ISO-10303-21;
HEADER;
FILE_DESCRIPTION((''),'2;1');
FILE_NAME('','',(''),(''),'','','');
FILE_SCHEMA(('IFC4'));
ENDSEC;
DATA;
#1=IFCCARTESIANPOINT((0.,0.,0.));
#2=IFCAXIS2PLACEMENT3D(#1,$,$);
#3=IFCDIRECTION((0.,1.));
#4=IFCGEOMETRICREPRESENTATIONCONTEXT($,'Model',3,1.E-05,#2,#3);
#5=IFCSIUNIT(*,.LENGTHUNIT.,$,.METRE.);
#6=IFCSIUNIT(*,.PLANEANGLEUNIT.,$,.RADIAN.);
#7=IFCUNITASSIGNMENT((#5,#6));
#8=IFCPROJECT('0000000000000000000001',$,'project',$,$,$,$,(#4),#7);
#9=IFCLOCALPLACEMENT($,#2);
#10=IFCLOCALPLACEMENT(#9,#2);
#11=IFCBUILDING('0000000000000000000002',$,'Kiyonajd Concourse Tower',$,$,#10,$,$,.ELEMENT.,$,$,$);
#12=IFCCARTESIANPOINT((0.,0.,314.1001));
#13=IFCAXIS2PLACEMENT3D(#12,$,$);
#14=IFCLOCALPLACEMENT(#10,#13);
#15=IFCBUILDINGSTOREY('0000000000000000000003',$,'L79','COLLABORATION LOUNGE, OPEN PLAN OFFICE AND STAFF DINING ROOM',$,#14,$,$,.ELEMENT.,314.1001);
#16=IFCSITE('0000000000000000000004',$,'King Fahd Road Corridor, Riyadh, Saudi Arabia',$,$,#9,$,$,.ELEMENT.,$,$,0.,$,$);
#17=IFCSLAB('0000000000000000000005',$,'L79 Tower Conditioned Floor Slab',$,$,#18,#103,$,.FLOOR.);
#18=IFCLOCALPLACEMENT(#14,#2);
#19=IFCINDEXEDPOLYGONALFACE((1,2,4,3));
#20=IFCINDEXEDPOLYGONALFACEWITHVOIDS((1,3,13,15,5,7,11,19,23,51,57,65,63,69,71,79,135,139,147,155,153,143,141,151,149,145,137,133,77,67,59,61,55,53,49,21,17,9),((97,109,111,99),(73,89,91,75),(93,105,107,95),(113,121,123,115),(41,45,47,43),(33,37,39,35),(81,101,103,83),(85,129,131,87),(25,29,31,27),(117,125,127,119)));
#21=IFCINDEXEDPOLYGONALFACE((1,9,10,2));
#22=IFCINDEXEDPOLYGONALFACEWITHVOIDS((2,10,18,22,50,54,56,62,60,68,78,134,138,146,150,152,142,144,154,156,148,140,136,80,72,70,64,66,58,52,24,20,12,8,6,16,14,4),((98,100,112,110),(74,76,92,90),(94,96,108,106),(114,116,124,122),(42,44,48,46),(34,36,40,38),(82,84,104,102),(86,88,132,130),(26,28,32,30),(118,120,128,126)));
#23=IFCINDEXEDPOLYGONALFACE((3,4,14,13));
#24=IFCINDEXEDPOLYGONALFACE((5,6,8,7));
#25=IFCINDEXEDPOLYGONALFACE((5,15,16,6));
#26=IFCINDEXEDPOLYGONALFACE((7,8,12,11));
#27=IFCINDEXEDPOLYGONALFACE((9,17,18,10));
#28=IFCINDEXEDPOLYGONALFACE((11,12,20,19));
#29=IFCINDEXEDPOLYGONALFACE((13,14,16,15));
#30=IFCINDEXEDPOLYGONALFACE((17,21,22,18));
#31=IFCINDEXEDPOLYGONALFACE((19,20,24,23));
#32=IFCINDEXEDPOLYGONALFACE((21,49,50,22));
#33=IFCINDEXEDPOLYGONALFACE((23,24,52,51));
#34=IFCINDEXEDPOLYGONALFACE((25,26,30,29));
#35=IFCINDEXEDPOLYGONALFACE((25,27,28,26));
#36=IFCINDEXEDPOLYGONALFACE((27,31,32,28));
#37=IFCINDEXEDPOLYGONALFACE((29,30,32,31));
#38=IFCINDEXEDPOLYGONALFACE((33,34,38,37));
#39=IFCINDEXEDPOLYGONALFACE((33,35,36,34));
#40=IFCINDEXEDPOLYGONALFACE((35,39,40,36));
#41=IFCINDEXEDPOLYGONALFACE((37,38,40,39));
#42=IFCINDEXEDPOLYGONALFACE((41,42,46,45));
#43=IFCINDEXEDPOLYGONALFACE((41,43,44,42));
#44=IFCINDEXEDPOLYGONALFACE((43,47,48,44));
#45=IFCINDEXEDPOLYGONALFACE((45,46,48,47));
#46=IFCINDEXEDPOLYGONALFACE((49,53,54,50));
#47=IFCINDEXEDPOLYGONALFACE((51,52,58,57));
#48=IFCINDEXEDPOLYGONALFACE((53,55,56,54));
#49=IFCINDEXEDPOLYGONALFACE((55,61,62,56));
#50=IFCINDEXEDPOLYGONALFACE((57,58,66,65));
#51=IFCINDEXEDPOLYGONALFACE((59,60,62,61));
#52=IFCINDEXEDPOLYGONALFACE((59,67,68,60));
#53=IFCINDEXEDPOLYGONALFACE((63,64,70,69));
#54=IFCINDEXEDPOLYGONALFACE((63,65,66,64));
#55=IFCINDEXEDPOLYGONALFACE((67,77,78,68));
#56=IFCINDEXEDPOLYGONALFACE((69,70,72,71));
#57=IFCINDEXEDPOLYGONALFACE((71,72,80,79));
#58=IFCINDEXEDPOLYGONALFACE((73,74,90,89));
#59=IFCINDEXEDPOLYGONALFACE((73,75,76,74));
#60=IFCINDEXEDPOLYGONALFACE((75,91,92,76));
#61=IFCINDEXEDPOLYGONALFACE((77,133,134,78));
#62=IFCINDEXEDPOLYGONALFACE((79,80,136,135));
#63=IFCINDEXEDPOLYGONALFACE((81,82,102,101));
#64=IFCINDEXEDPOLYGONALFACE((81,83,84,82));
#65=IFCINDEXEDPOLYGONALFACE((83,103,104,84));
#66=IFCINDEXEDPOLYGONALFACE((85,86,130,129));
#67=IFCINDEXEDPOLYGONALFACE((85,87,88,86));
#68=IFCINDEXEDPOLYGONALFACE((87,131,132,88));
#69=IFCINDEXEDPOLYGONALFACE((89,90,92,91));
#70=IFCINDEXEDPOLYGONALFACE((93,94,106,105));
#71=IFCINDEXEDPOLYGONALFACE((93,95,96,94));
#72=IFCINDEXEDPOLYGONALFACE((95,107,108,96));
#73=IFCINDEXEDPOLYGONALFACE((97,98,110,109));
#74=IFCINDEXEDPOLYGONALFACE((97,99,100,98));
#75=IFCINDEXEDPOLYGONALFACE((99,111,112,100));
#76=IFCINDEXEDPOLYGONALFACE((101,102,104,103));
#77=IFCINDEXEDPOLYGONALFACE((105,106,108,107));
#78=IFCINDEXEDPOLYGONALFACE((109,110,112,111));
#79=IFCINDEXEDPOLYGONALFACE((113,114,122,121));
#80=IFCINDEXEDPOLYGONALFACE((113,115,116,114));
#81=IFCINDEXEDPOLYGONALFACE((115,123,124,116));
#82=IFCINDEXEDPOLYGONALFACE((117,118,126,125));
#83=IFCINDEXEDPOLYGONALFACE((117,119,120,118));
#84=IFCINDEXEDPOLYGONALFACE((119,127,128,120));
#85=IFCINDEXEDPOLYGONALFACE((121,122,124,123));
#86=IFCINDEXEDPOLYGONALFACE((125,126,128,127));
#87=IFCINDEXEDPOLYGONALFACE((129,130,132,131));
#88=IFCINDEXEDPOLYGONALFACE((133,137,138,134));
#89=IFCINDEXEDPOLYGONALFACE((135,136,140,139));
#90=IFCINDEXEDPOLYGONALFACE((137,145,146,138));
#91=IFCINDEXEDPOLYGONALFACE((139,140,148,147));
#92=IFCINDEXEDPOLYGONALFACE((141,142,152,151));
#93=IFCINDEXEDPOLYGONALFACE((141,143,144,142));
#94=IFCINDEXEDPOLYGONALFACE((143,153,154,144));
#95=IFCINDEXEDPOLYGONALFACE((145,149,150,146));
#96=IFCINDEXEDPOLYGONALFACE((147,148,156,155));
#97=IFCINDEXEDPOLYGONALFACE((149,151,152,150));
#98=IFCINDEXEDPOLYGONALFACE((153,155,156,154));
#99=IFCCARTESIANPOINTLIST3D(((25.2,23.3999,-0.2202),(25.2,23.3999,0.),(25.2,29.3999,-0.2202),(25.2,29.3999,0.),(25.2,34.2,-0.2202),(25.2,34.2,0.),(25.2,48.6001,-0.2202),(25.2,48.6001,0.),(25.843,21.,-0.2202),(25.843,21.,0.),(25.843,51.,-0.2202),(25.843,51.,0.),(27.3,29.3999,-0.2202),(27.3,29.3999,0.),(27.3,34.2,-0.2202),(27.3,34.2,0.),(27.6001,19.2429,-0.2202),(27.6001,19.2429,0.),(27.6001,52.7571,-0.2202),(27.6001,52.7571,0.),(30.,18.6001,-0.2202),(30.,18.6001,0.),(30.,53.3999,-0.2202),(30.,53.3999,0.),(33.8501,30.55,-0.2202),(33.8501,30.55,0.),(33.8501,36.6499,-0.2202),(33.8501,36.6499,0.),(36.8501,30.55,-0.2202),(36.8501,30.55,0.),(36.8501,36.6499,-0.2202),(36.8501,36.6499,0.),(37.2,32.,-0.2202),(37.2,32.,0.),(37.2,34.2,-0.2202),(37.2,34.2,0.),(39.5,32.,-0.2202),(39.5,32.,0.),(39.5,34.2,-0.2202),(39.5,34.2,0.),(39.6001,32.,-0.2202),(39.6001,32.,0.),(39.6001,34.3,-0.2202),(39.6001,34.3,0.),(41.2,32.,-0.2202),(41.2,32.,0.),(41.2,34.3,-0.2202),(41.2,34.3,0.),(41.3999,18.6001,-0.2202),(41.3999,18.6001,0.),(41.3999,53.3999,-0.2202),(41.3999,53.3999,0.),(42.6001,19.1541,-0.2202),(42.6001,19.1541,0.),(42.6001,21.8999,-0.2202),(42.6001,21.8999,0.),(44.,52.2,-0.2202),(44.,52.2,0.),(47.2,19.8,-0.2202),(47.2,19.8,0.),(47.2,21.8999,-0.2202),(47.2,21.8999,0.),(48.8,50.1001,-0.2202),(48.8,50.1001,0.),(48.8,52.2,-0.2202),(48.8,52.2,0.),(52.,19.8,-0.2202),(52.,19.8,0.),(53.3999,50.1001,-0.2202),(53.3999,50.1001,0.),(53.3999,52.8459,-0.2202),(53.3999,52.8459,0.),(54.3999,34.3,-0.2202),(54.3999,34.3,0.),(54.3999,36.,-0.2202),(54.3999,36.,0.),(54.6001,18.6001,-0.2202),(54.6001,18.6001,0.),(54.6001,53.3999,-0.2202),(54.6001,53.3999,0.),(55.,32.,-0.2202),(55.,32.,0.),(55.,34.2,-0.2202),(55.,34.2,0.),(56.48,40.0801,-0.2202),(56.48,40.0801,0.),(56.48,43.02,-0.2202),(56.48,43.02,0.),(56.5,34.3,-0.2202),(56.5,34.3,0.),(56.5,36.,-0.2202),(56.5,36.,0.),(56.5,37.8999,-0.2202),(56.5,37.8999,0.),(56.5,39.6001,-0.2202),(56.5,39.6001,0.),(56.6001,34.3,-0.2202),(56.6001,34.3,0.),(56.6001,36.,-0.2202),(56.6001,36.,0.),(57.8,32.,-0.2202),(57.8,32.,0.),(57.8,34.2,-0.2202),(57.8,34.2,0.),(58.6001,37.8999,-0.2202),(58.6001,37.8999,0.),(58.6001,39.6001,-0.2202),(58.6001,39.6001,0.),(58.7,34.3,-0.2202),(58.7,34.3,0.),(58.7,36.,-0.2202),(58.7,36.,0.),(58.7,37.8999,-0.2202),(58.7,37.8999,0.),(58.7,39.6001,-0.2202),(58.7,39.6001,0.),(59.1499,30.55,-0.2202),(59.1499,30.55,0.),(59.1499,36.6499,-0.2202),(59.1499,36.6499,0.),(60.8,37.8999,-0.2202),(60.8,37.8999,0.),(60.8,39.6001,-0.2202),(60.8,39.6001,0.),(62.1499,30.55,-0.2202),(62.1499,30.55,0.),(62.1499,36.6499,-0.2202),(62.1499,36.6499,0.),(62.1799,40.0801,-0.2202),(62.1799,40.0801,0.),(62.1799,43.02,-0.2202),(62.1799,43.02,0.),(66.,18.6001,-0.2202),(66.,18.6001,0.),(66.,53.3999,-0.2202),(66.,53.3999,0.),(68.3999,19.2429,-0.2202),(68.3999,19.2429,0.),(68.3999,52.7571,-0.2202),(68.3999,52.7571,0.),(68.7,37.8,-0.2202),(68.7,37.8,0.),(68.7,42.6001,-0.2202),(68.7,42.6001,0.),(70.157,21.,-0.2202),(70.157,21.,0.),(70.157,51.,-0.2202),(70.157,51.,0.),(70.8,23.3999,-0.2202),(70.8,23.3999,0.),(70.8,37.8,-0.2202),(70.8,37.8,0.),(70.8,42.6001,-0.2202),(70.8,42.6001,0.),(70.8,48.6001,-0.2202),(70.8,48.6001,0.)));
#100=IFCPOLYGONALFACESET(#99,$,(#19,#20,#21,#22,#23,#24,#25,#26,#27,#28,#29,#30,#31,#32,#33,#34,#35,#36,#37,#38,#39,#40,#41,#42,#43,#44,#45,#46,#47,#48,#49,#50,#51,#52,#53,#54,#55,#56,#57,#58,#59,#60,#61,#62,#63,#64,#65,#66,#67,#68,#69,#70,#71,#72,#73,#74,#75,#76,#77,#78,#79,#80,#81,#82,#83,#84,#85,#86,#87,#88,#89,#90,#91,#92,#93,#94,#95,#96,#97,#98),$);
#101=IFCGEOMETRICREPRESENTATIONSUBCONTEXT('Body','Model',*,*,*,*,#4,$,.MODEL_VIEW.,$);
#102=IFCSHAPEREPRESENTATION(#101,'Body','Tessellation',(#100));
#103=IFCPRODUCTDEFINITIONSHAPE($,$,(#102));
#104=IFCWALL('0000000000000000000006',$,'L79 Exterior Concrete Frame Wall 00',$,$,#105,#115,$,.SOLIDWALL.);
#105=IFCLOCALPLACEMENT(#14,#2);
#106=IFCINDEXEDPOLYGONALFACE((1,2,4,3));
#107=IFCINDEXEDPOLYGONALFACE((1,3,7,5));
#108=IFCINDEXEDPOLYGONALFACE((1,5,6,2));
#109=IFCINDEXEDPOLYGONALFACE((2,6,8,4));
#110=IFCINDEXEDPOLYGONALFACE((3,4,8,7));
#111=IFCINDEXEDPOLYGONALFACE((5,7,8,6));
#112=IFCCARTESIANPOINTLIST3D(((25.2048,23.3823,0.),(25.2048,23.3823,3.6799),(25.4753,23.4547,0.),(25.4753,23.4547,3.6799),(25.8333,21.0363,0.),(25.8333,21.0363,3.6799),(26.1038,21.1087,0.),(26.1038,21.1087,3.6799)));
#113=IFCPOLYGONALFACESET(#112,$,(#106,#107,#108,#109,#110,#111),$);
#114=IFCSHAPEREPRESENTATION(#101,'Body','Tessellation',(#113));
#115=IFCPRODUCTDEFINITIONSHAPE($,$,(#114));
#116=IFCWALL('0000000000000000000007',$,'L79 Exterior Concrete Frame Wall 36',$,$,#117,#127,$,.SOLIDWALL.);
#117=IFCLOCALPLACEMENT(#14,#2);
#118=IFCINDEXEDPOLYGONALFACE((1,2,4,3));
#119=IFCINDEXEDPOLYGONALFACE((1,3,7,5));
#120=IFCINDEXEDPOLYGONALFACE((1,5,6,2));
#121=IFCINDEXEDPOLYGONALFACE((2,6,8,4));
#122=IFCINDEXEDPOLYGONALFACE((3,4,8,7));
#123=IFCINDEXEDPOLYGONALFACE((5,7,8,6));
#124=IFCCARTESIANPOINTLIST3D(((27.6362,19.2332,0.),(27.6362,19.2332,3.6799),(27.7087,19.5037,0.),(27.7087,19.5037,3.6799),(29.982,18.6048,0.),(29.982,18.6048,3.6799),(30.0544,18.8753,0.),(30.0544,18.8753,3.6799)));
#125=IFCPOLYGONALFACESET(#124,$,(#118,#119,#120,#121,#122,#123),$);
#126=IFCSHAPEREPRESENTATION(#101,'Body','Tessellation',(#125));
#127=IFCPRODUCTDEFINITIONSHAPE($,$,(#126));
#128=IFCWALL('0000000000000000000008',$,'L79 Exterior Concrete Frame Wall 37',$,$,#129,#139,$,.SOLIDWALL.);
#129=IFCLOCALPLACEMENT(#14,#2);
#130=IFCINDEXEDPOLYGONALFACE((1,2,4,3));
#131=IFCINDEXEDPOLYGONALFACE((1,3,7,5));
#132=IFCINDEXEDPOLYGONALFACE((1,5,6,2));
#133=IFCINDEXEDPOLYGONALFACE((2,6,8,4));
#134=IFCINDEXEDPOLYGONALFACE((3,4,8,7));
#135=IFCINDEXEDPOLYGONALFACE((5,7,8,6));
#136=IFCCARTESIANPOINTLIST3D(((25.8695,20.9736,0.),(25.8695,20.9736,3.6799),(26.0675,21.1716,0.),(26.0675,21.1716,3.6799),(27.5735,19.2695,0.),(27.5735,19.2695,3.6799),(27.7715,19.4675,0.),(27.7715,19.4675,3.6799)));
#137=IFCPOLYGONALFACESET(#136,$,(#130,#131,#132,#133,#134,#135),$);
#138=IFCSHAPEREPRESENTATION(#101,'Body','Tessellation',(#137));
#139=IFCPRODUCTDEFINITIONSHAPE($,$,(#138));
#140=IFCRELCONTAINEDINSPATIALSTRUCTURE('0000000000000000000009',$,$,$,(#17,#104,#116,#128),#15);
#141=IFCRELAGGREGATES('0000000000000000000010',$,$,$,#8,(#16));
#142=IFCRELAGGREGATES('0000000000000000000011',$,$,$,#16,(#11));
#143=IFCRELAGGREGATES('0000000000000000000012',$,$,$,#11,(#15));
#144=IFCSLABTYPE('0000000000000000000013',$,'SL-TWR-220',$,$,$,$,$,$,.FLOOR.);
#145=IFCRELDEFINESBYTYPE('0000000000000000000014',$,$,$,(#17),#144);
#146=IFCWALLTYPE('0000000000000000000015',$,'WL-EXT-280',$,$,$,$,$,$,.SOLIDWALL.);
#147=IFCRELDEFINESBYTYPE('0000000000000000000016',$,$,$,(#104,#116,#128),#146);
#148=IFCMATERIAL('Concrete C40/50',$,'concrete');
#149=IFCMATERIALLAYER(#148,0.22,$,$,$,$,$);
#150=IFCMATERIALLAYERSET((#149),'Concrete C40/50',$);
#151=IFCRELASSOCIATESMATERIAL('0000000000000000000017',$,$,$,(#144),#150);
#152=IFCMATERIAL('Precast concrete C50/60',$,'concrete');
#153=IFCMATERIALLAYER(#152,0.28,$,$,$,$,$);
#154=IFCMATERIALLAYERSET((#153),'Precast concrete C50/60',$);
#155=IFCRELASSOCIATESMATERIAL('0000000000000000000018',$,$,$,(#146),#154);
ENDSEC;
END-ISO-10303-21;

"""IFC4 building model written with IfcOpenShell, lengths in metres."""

from ifc_helpers import new_model, si_unit, direction, frame, frame_2d, origin, place, context, subcontext, project, spatial, polyline, rectangle, outline, extrude, material, layer, layer_set, type_object, element, save


model = new_model("IFC4")

# Units and contexts
model_context = context("Model", 3, precision=1e-05, world=origin(), true_north=direction((0.0, 1.0)))
body_context = subcontext(model_context, "Body", "Model", "MODEL_VIEW")
ifc_project = project(units=[si_unit("LENGTHUNIT", "METRE"), si_unit("PLANEANGLEUNIT", "RADIAN")], contexts=[model_context])

# Site, building, storey
site_placement = place(None, origin())
site = spatial("IfcSite", under=ifc_project, at=site_placement, Name="King Fahd Road Corridor, Riyadh, Saudi Arabia", CompositionType="ELEMENT", RefElevation=0.0)
building_placement = place(site_placement, origin())
building = spatial("IfcBuilding", under=site, at=building_placement, Name="Kiyonajd Concourse Tower", CompositionType="ELEMENT")
storey_placement = place(building_placement, frame((0.0, 0.0, 314.1001)))
storey = spatial("IfcBuildingStorey", under=building, at=storey_placement, Name="L79", Description="COLLABORATION LOUNGE, OPEN PLAN OFFICE AND STAFF DINING ROOM", CompositionType="ELEMENT", Elevation=314.1001)

# Shared definitions
ifc_material_1 = material(Name="Concrete C40/50", Category="concrete")

# Slab
ifc_material_2 = material(Name="Precast concrete C50/60", Category="concrete")
ifc_layer_1 = layer(ifc_material_1, 0.22)
ifc_layer_set_1 = layer_set([ifc_layer_1], Name="Concrete C40/50")
slab_type_1 = type_object("IfcSlabType", Name="SL-TWR-220", PredefinedType="FLOOR", material=ifc_layer_set_1)
slab_1_placement = place(storey_placement, frame((0.0, 0.0, -0.2202)))
element("IfcSlab", 1, at=slab_1_placement, inside=storey, type_object=slab_type_1, Name="L79 Tower Conditioned Floor Slab", PredefinedType="FLOOR", context=body_context, shape_type="SweptSolid", body=[
    extrude(outline(polyline([(25.843, 21.0), (25.2, 23.3999), (25.2, 29.3999), (27.3, 29.3999), (27.3, 34.2), (25.2, 34.2), (25.2, 48.6001), (25.843, 51.0), (27.6001, 52.7571), (30.0, 53.3999), (41.3999, 53.3999), (44.0, 52.2), (48.8, 52.2), (48.8, 50.1001), (53.3999, 50.1001), (53.3999, 52.8459), (54.6001, 53.3999), (66.0, 53.3999), (68.3999, 52.7571), (70.157, 51.0), (70.8, 48.6001), (70.8, 42.6001), (68.7, 42.6001), (68.7, 37.8), (70.8, 37.8), (70.8, 23.3999), (70.157, 21.0), (68.3999, 19.2429), (66.0, 18.6001), (54.6001, 18.6001), (52.0, 19.8), (47.2, 19.8), (47.2, 21.8999), (42.6001, 21.8999), (42.6001, 19.1541), (41.3999, 18.6001), (30.0, 18.6001), (27.6001, 19.2429), (25.843, 21.0)]), holes=[polyline([(39.5, 32.0), (37.2, 32.0), (37.2, 34.2), (39.5, 34.2), (39.5, 32.0)]), polyline([(57.8, 32.0), (55.0, 32.0), (55.0, 34.2), (57.8, 34.2), (57.8, 32.0)]), polyline([(41.2, 32.0), (39.6001, 32.0), (39.6001, 34.3), (41.2, 34.3), (41.2, 32.0)]), polyline([(33.8501, 30.55), (33.8501, 36.6499), (36.8501, 36.6499), (36.8501, 30.55), (33.8501, 30.55)]), polyline([(59.1499, 30.55), (59.1499, 36.6499), (62.1499, 36.6499), (62.1499, 30.55), (59.1499, 30.55)]), polyline([(56.5, 34.3), (54.3999, 34.3), (54.3999, 36.0), (56.5, 36.0), (56.5, 34.3)]), polyline([(58.7, 34.3), (56.6001, 34.3), (56.6001, 36.0), (58.7, 36.0), (58.7, 34.3)]), polyline([(58.6001, 37.8999), (56.5, 37.8999), (56.5, 39.6001), (58.6001, 39.6001), (58.6001, 37.8999)]), polyline([(58.7, 37.8999), (58.7, 39.6001), (60.8, 39.6001), (60.8, 37.8999), (58.7, 37.8999)]), polyline([(56.48, 43.02), (62.1799, 43.02), (62.1799, 40.0801), (56.48, 40.0801), (56.48, 43.02)])]), origin(), (0.0, 0.0, 1.0), 0.2202),
])

# Walls
ifc_layer_2 = layer(ifc_material_2, 0.28)
ifc_layer_set_2 = layer_set([ifc_layer_2], Name="Precast concrete C50/60")
wall_type = type_object("IfcWallType", Name="WL-EXT-280", PredefinedType="SOLIDWALL", material=ifc_layer_set_2)
wall_1_placement = place(storey_placement, frame((25.9685, 21.0725, 0.0), z_axis=(0.0, 0.0, 1.0), x_axis=(-0.258751, 0.965944, 0.0)))
element("IfcWall", 2, at=wall_1_placement, inside=storey, type_object=wall_type, Name="L79 Exterior Concrete Frame Wall 00", PredefinedType="SOLIDWALL", context=body_context, shape_type="SweptSolid", body=[
    extrude(rectangle(XDim=2.4287, YDim=0.28, at=frame_2d((1.2144, 0.0))), origin(), (0.0, 0.0, 1.0), 3.6799),
])
wall_2_placement = place(storey_placement, frame((30.0183, 18.74, 0.0), z_axis=(0.0, 0.0, 1.0), x_axis=(-0.965937, 0.258776, 0.0)))
element("IfcWall", 3, at=wall_2_placement, inside=storey, type_object=wall_type, Name="L79 Exterior Concrete Frame Wall 36", PredefinedType="SOLIDWALL", context=body_context, shape_type="SweptSolid", body=[
    extrude(rectangle(XDim=2.4285, YDim=0.28, at=frame_2d((1.2144, 0.0))), origin(), (0.0, 0.0, 1.0), 3.6799),
])
wall_3_placement = place(storey_placement, frame((27.6726, 19.3684, 0.0), z_axis=(0.0, 0.0, 1.0), x_axis=(-0.707107, 0.707107, 0.0)))
element("IfcWall", 4, at=wall_3_placement, inside=storey, type_object=wall_type, Name="L79 Exterior Concrete Frame Wall 37", PredefinedType="SOLIDWALL", context=body_context, shape_type="SweptSolid", body=[
    extrude(rectangle(XDim=2.4099, YDim=0.28, at=frame_2d((1.2051, 0.0))), origin(), (0.0, 0.0, 1.0), 3.6799),
])

save(model, "model.ifc")
